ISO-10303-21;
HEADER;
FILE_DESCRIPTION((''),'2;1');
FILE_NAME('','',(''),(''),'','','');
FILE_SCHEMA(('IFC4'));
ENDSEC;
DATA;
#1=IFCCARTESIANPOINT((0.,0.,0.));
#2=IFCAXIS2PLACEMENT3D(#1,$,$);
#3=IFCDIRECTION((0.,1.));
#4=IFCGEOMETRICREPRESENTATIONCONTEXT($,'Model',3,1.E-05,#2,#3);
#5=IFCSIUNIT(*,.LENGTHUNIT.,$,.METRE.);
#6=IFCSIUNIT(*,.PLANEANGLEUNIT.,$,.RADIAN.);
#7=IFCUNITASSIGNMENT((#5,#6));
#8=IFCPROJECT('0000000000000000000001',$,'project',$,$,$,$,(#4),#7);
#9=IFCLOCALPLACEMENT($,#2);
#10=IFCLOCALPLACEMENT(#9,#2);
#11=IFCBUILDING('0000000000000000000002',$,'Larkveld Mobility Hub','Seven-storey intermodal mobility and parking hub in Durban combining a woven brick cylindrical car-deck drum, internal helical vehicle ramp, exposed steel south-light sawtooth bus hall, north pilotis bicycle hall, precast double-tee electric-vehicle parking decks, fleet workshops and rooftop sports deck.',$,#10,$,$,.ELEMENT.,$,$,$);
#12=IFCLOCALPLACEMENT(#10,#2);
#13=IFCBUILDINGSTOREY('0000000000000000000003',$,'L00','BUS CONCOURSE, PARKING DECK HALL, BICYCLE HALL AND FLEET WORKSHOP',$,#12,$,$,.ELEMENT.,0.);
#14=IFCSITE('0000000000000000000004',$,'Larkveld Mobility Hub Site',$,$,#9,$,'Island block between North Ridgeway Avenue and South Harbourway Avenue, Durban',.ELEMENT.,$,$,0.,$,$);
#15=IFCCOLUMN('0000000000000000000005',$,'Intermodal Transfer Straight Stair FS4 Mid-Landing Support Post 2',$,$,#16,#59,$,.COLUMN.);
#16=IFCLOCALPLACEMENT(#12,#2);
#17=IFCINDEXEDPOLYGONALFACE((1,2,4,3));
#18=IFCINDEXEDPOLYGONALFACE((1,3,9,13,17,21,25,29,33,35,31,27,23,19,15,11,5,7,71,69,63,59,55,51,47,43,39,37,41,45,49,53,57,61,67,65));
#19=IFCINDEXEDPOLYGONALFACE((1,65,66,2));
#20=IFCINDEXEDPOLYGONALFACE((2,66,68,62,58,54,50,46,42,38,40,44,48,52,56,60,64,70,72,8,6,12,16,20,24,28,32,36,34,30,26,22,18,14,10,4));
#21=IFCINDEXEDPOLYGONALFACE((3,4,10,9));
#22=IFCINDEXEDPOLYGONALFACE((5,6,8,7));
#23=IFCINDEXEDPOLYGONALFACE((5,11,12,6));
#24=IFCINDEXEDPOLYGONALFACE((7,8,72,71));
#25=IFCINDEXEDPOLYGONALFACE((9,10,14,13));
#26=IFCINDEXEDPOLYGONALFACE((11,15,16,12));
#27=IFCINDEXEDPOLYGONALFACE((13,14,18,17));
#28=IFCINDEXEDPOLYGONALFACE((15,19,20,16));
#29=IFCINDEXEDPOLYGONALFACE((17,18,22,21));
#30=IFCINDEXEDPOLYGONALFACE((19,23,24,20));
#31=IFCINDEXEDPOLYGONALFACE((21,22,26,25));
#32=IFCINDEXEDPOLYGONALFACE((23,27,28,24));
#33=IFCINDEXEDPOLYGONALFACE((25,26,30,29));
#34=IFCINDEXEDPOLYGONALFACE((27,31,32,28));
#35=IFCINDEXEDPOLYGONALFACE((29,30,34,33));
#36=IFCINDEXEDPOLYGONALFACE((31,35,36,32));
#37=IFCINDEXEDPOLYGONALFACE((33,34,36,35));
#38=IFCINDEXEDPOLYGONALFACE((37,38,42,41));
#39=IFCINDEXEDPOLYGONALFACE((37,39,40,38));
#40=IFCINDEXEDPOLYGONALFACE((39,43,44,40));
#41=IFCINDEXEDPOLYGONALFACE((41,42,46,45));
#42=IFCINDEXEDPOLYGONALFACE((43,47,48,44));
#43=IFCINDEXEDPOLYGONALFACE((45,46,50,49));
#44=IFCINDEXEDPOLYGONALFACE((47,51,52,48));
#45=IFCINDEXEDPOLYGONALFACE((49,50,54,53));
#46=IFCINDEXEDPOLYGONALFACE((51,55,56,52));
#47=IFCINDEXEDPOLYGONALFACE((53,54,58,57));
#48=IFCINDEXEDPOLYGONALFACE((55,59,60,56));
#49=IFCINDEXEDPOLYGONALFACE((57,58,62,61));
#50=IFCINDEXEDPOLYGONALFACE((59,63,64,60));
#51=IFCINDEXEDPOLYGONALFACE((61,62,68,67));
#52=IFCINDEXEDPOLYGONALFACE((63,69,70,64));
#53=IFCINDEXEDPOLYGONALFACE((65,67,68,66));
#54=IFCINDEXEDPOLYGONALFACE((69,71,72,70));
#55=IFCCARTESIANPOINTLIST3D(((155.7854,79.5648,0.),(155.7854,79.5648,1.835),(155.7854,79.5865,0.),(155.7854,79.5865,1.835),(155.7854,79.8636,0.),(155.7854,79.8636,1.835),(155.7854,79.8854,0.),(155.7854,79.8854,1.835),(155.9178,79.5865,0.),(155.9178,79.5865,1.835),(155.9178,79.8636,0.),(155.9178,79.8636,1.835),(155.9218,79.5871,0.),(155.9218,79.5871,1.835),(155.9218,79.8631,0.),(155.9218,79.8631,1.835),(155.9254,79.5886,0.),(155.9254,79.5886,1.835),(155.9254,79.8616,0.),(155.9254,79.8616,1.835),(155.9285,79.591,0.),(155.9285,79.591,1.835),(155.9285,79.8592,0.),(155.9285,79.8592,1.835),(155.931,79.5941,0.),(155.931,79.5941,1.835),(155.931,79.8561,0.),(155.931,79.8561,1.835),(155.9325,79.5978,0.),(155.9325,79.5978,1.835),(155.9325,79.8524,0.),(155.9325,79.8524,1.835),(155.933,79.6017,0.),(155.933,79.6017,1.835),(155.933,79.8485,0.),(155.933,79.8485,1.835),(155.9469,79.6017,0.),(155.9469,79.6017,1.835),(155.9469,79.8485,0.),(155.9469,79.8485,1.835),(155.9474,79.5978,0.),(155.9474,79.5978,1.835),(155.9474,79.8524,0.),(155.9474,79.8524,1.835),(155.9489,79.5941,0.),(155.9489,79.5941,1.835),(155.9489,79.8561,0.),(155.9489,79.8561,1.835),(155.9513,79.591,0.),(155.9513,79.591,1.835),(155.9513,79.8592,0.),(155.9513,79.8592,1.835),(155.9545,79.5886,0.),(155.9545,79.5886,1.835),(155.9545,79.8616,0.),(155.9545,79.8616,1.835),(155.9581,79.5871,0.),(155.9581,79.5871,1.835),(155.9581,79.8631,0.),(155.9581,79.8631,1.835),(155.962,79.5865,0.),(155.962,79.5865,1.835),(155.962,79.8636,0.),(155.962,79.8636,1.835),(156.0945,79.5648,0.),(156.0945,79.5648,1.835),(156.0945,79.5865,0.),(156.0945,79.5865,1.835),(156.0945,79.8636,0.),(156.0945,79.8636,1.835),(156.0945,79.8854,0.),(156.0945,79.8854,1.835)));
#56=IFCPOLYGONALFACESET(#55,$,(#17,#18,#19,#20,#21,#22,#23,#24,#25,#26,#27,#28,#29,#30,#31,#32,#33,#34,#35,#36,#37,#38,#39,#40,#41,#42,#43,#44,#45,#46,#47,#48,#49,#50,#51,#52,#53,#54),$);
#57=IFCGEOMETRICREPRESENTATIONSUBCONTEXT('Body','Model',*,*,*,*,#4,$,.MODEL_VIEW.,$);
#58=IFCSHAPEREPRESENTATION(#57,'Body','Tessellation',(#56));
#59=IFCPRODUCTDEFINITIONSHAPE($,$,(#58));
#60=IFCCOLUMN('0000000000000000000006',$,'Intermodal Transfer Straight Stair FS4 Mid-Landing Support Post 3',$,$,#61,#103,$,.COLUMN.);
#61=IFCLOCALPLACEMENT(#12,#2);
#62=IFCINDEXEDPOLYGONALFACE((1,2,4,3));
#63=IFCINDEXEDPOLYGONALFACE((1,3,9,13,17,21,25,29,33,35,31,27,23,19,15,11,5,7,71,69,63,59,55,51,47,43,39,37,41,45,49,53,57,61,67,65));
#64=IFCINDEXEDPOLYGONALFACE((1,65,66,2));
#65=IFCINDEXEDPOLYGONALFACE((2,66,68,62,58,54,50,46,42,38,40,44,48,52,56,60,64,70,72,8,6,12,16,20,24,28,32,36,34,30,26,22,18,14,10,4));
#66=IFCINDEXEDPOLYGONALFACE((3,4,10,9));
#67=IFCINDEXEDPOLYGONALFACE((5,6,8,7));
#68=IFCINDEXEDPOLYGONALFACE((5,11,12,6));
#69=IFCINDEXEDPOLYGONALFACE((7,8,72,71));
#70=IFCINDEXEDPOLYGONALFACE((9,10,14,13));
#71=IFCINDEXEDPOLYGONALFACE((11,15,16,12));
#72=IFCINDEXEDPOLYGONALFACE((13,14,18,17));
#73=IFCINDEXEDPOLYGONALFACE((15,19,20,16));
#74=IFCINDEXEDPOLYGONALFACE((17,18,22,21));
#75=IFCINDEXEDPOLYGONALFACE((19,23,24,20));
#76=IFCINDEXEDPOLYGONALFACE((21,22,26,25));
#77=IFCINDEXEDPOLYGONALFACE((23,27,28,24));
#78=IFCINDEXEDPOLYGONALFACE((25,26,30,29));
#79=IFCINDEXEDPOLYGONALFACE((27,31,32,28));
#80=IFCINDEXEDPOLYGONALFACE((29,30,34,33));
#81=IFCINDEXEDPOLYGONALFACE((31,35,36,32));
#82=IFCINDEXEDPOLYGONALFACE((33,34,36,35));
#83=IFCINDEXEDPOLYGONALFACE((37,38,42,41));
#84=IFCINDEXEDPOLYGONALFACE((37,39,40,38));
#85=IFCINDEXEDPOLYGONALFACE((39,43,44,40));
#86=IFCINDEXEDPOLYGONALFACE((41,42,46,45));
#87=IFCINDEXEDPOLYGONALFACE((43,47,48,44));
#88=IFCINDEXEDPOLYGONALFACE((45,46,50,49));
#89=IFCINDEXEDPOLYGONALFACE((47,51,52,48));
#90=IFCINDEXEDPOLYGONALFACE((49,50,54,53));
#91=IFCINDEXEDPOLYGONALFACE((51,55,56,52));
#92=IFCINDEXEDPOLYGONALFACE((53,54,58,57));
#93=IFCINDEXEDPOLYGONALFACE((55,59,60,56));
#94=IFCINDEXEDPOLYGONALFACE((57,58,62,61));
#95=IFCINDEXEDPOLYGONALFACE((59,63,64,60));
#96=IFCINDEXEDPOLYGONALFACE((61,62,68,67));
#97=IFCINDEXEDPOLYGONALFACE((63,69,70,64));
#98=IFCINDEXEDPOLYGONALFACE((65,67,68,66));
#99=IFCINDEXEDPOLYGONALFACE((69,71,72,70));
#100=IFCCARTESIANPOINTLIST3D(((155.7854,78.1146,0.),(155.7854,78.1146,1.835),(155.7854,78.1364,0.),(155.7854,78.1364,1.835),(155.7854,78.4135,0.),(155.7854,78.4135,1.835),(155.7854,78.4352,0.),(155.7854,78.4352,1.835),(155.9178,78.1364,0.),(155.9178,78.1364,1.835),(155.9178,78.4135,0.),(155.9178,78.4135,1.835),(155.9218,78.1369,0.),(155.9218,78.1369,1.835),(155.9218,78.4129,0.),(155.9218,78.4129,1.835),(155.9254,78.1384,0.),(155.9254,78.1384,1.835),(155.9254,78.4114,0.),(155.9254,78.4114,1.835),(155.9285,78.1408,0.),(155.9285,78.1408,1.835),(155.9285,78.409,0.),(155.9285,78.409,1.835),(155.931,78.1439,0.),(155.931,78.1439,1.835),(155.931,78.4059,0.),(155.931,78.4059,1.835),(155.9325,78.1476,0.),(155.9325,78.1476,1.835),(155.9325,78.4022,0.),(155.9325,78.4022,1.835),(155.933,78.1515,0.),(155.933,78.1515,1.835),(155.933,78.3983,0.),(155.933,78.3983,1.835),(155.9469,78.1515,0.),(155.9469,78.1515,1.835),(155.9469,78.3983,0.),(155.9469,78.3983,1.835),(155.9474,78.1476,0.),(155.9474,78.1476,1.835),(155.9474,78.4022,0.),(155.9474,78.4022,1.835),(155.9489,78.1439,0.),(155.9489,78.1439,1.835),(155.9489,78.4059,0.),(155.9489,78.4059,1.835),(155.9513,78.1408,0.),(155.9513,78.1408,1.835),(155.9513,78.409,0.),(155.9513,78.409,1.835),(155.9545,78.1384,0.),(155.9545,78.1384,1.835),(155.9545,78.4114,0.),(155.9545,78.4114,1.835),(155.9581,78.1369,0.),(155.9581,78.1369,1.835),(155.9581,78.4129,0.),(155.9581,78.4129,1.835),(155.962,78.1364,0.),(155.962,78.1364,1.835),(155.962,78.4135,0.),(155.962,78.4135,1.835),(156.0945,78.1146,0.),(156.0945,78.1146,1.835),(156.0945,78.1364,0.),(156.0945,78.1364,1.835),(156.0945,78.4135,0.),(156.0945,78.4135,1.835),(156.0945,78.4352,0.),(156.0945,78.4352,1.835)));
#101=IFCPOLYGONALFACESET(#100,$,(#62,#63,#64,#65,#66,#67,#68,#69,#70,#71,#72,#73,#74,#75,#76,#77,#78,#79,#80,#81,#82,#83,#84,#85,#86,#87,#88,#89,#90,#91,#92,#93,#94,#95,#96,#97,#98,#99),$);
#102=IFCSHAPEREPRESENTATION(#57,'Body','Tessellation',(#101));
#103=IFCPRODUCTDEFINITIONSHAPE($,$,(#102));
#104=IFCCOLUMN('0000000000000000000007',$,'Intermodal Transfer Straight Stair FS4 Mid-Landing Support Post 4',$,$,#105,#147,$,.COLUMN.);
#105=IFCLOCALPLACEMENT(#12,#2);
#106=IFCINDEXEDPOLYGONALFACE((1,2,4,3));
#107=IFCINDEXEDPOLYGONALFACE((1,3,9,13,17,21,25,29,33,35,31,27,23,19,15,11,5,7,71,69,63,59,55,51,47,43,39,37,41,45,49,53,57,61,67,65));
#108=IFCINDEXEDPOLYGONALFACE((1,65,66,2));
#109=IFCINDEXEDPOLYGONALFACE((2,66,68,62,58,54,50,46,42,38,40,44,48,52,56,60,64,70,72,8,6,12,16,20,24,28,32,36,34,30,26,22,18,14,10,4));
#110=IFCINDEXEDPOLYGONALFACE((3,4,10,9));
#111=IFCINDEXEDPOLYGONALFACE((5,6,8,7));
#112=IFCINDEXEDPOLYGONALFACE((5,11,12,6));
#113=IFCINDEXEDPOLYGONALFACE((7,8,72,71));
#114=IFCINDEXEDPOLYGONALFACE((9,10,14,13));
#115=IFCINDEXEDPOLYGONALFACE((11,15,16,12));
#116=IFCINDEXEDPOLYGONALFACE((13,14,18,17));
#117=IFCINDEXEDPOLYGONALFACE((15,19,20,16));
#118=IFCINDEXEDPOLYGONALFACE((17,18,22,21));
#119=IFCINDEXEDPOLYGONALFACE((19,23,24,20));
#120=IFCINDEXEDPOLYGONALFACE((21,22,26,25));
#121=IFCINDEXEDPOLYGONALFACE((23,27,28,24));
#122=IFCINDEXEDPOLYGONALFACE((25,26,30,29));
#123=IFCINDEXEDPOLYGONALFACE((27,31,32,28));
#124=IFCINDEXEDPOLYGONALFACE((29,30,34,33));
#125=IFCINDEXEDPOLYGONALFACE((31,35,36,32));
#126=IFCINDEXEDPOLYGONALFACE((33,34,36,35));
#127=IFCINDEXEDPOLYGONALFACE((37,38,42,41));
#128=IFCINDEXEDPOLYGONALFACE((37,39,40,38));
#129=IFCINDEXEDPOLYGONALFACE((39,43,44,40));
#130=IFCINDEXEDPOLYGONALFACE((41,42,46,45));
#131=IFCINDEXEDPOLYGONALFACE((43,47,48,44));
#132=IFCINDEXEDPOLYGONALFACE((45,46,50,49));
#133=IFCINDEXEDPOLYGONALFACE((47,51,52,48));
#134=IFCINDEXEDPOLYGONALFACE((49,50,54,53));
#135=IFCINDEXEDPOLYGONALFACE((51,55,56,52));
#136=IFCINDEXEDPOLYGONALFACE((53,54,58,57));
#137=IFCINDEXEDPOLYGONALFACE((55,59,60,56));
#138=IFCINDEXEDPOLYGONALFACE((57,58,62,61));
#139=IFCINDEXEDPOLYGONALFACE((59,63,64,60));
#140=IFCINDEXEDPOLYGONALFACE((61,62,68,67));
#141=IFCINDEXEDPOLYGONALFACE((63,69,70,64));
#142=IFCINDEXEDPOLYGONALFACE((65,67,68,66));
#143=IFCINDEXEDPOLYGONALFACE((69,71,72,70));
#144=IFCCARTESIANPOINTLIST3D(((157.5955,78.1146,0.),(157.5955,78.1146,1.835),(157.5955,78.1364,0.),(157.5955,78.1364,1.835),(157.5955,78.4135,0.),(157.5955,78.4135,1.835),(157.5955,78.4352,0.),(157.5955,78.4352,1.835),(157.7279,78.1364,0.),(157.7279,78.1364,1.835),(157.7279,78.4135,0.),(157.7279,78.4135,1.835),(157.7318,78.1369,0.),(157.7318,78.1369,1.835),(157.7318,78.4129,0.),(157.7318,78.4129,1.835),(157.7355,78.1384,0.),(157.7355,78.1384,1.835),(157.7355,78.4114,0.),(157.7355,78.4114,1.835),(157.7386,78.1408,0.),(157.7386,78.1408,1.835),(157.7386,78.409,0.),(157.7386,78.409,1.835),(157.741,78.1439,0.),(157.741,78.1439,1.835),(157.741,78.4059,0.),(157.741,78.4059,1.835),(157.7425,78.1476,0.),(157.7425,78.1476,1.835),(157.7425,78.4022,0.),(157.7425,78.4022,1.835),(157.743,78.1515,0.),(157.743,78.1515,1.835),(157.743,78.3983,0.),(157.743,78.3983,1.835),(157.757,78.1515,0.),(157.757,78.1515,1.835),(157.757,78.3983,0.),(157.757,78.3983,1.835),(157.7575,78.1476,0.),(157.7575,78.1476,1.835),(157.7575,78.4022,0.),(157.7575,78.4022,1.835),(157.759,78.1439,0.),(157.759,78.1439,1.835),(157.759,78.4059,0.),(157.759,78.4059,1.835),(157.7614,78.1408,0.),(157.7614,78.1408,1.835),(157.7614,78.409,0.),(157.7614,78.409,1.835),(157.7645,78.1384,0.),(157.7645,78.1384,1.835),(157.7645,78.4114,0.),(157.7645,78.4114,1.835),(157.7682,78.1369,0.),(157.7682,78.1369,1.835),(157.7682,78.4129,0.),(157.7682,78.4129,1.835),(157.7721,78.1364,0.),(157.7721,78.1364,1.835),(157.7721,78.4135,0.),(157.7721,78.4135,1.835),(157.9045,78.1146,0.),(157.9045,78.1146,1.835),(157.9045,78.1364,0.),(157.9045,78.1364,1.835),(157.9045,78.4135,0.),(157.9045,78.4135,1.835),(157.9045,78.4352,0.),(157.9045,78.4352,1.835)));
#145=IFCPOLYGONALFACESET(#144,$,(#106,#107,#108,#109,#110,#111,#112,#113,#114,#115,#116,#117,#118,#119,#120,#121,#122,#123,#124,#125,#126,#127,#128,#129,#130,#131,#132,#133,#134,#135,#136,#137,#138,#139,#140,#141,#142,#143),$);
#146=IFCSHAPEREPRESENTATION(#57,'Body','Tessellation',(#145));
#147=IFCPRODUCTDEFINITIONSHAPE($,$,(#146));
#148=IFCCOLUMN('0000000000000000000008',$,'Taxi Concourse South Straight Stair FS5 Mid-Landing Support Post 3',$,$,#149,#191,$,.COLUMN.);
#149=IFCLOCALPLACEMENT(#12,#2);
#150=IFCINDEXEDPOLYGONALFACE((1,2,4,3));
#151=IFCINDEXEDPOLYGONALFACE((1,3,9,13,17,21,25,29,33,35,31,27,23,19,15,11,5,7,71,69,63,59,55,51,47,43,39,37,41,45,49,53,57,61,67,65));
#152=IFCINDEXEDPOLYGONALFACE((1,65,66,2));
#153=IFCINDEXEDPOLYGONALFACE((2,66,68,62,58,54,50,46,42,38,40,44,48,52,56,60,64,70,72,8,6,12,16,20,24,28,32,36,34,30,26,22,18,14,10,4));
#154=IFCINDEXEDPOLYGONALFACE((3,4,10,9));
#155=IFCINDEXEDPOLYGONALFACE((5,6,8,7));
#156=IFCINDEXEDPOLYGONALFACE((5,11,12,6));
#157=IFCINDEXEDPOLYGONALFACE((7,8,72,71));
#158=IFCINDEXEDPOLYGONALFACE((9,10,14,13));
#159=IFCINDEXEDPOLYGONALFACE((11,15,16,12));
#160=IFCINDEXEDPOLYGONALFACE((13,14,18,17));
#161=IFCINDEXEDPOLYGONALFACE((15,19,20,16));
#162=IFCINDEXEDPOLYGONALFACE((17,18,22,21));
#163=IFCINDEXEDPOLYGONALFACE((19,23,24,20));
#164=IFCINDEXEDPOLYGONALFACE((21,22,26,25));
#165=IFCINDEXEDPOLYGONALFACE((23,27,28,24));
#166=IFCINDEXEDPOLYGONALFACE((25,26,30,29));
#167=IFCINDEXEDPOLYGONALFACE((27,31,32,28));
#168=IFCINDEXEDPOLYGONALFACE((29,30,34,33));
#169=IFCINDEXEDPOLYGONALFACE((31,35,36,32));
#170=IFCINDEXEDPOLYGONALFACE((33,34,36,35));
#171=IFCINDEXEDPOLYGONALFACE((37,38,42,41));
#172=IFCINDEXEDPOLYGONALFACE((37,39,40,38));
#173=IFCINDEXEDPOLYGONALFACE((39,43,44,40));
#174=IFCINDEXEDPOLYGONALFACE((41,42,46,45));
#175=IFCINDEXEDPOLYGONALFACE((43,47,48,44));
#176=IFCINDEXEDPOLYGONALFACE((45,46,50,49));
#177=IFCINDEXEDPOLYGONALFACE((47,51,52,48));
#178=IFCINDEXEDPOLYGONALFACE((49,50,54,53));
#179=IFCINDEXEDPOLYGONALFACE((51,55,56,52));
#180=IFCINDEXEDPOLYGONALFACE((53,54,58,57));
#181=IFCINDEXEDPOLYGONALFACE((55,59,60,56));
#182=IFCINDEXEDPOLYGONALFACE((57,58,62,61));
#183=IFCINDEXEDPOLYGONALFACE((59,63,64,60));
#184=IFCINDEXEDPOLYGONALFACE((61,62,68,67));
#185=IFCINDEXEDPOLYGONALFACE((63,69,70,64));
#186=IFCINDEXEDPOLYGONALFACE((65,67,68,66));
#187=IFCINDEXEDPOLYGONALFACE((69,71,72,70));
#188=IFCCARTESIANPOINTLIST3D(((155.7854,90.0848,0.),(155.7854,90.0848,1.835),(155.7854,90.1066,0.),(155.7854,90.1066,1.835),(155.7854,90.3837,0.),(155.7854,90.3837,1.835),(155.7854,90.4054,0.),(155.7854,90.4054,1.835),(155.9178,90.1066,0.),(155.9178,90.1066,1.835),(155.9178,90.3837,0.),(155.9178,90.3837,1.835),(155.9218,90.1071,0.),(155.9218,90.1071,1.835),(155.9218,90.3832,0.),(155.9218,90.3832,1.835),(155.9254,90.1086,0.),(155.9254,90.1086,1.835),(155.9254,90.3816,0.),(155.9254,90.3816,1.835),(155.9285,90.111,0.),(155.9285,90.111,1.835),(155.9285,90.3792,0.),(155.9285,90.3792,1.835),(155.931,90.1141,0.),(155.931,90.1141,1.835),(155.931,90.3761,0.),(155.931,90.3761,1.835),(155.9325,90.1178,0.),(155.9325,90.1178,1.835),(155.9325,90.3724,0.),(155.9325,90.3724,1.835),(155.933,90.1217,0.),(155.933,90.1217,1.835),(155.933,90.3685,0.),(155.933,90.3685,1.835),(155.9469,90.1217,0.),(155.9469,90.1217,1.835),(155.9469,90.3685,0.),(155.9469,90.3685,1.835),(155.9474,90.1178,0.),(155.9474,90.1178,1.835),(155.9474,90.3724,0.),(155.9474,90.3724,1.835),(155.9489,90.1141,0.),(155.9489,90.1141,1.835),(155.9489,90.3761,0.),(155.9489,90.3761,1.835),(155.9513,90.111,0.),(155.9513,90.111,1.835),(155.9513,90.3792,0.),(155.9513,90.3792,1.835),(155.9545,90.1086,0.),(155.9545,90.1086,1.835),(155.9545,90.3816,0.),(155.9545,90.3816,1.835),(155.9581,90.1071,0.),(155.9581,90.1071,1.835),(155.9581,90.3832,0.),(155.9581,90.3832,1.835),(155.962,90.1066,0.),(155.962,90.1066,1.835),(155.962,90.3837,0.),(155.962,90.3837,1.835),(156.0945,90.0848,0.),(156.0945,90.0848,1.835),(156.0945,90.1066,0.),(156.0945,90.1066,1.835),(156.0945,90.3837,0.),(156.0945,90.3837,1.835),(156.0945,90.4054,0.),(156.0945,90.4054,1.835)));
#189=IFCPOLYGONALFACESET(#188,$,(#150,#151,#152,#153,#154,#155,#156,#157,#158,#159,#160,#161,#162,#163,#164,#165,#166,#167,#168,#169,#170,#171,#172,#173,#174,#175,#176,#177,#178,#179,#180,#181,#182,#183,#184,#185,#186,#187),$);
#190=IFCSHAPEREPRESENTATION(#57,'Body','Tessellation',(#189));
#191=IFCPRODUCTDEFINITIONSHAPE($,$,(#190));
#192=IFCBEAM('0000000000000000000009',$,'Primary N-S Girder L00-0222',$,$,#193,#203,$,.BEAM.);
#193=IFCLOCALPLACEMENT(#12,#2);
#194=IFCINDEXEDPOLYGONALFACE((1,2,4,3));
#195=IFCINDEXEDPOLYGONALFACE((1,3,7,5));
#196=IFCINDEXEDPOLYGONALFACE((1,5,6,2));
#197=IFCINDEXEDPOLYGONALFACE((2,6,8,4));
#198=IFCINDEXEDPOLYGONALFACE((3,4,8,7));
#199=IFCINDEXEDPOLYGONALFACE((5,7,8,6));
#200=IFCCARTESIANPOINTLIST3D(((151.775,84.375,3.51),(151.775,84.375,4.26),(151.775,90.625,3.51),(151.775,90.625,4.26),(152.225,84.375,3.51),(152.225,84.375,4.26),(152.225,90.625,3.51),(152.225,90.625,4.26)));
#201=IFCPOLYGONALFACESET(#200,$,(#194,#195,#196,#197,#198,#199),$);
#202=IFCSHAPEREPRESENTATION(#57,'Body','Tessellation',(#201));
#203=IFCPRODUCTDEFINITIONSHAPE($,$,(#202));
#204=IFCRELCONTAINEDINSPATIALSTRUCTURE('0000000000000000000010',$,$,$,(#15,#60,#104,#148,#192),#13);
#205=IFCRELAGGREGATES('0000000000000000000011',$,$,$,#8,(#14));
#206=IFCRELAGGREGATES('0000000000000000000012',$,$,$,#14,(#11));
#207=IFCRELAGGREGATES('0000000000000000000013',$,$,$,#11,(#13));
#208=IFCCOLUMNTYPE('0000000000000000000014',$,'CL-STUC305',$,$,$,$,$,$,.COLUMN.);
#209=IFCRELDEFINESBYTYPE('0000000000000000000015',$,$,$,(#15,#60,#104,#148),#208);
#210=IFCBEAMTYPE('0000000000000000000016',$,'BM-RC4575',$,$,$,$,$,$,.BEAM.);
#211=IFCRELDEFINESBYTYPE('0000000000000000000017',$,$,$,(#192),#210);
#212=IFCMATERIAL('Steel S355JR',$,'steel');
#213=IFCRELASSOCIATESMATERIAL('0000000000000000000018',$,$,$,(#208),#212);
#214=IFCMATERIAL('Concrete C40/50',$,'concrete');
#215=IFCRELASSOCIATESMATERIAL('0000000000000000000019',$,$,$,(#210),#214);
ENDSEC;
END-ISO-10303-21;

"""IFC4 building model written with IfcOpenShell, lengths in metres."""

from ifc_helpers import new_model, si_unit, direction, frame, origin, origin_2d, place, context, subcontext, project, spatial, rectangle, i_section, extrude, material, material_profile, profile_set, type_object, element, save


model = new_model("IFC4")

# Units and contexts
model_context = context("Model", 3, precision=1e-05, world=origin(), true_north=direction((0.0, 1.0)))
body_context = subcontext(model_context, "Body", "Model", "MODEL_VIEW")
ifc_project = project(units=[si_unit("LENGTHUNIT", "METRE"), si_unit("PLANEANGLEUNIT", "RADIAN")], contexts=[model_context])

# Site, building, storey
site_placement = place(None, origin())
site = spatial("IfcSite", under=ifc_project, at=site_placement, Name="Larkveld Mobility Hub Site", LongName="Island block between North Ridgeway Avenue and South Harbourway Avenue, Durban", CompositionType="ELEMENT", RefElevation=0.0)
building_placement = place(site_placement, origin())
building = spatial("IfcBuilding", under=site, at=building_placement, Name="Larkveld Mobility Hub", Description="Seven-storey intermodal mobility and parking hub in Durban combining a woven brick cylindrical car-deck drum, internal helical vehicle ramp, exposed steel south-light sawtooth bus hall, north pilotis bicycle hall, precast double-tee electric-vehicle parking decks, fleet workshops and rooftop sports deck.", CompositionType="ELEMENT")
storey_placement = place(building_placement, origin())
storey = spatial("IfcBuildingStorey", under=building, at=storey_placement, Name="L00", Description="BUS CONCOURSE, PARKING DECK HALL, BICYCLE HALL AND FLEET WORKSHOP", CompositionType="ELEMENT", Elevation=0.0)

# Columns
ifc_material_1 = material(Name="Concrete C40/50", Category="concrete")
ifc_material_2 = material(Name="Steel S355JR", Category="steel")
ifc_material_profile_1 = material_profile(ifc_material_2, i_section(OverallWidth=0.3091, OverallDepth=0.3206, WebThickness=0.0139, FlangeThickness=0.0217, FilletRadius=0.0151, at=origin_2d()), Name="UC 305x305x137")
ifc_profile_set_1 = profile_set([ifc_material_profile_1], Name="Steel S355JR")
column_type_1 = type_object("IfcColumnType", Name="CL-STUC305", PredefinedType="COLUMN", material=ifc_profile_set_1)
for number, where, z_axis, x_axis, name in (
    (1, (155.9399, 79.7251, 0.0), (0.0, 0.0, 1.0), (1.0, 0.0, 0.0), "Intermodal Transfer Straight Stair FS4 Mid-Landing Support Post 2"),
    (2, (155.9399, 78.2749, 0.0), (0.0, 0.0, 1.0), (1.0, 0.0, 0.0), "Intermodal Transfer Straight Stair FS4 Mid-Landing Support Post 3"),
    (3, (157.75, 78.2749, 0.0), (0.0, 0.0, 1.0), (1.0, 0.0, 0.0), "Intermodal Transfer Straight Stair FS4 Mid-Landing Support Post 4"),
    (4, (155.9399, 90.2451, 0.0), (0.0, 0.0, 1.0), (1.0, 0.0, 0.0), "Taxi Concourse South Straight Stair FS5 Mid-Landing Support Post 3"),
):
    element("IfcColumn", number, at=place(storey_placement, frame(where, z_axis=z_axis, x_axis=x_axis)), inside=storey, type_object=column_type_1, Name=name, PredefinedType="COLUMN", context=body_context, shape_type="SweptSolid", body=[
        extrude(i_section(OverallWidth=0.3091, OverallDepth=0.3206, WebThickness=0.0139, FlangeThickness=0.0217, FilletRadius=0.0151, at=origin_2d()), origin(), (0.0, 0.0, 1.0), 1.835),
    ])

# Beam
ifc_material_profile_2 = material_profile(ifc_material_1, rectangle(XDim=0.45, YDim=0.75, at=origin_2d()), Name="RC BM 450x750")
ifc_profile_set_2 = profile_set([ifc_material_profile_2], Name="Concrete C40/50")
beam_type_1 = type_object("IfcBeamType", Name="BM-RC4575", PredefinedType="BEAM", material=ifc_profile_set_2)
beam_1_placement = place(storey_placement, frame((152.0, 84.375, 3.885), z_axis=(0.0, 1.0, 0.0), x_axis=(-1.0, 0.0, 0.0)))
element("IfcBeam", 5, at=beam_1_placement, inside=storey, type_object=beam_type_1, Name="Primary N-S Girder L00-0222", PredefinedType="BEAM", context=body_context, shape_type="SweptSolid", body=[
    extrude(rectangle(XDim=0.45, YDim=0.75, at=origin_2d()), origin(), (0.0, 0.0, 1.0), 6.25),
])

save(model, "model.ifc")
